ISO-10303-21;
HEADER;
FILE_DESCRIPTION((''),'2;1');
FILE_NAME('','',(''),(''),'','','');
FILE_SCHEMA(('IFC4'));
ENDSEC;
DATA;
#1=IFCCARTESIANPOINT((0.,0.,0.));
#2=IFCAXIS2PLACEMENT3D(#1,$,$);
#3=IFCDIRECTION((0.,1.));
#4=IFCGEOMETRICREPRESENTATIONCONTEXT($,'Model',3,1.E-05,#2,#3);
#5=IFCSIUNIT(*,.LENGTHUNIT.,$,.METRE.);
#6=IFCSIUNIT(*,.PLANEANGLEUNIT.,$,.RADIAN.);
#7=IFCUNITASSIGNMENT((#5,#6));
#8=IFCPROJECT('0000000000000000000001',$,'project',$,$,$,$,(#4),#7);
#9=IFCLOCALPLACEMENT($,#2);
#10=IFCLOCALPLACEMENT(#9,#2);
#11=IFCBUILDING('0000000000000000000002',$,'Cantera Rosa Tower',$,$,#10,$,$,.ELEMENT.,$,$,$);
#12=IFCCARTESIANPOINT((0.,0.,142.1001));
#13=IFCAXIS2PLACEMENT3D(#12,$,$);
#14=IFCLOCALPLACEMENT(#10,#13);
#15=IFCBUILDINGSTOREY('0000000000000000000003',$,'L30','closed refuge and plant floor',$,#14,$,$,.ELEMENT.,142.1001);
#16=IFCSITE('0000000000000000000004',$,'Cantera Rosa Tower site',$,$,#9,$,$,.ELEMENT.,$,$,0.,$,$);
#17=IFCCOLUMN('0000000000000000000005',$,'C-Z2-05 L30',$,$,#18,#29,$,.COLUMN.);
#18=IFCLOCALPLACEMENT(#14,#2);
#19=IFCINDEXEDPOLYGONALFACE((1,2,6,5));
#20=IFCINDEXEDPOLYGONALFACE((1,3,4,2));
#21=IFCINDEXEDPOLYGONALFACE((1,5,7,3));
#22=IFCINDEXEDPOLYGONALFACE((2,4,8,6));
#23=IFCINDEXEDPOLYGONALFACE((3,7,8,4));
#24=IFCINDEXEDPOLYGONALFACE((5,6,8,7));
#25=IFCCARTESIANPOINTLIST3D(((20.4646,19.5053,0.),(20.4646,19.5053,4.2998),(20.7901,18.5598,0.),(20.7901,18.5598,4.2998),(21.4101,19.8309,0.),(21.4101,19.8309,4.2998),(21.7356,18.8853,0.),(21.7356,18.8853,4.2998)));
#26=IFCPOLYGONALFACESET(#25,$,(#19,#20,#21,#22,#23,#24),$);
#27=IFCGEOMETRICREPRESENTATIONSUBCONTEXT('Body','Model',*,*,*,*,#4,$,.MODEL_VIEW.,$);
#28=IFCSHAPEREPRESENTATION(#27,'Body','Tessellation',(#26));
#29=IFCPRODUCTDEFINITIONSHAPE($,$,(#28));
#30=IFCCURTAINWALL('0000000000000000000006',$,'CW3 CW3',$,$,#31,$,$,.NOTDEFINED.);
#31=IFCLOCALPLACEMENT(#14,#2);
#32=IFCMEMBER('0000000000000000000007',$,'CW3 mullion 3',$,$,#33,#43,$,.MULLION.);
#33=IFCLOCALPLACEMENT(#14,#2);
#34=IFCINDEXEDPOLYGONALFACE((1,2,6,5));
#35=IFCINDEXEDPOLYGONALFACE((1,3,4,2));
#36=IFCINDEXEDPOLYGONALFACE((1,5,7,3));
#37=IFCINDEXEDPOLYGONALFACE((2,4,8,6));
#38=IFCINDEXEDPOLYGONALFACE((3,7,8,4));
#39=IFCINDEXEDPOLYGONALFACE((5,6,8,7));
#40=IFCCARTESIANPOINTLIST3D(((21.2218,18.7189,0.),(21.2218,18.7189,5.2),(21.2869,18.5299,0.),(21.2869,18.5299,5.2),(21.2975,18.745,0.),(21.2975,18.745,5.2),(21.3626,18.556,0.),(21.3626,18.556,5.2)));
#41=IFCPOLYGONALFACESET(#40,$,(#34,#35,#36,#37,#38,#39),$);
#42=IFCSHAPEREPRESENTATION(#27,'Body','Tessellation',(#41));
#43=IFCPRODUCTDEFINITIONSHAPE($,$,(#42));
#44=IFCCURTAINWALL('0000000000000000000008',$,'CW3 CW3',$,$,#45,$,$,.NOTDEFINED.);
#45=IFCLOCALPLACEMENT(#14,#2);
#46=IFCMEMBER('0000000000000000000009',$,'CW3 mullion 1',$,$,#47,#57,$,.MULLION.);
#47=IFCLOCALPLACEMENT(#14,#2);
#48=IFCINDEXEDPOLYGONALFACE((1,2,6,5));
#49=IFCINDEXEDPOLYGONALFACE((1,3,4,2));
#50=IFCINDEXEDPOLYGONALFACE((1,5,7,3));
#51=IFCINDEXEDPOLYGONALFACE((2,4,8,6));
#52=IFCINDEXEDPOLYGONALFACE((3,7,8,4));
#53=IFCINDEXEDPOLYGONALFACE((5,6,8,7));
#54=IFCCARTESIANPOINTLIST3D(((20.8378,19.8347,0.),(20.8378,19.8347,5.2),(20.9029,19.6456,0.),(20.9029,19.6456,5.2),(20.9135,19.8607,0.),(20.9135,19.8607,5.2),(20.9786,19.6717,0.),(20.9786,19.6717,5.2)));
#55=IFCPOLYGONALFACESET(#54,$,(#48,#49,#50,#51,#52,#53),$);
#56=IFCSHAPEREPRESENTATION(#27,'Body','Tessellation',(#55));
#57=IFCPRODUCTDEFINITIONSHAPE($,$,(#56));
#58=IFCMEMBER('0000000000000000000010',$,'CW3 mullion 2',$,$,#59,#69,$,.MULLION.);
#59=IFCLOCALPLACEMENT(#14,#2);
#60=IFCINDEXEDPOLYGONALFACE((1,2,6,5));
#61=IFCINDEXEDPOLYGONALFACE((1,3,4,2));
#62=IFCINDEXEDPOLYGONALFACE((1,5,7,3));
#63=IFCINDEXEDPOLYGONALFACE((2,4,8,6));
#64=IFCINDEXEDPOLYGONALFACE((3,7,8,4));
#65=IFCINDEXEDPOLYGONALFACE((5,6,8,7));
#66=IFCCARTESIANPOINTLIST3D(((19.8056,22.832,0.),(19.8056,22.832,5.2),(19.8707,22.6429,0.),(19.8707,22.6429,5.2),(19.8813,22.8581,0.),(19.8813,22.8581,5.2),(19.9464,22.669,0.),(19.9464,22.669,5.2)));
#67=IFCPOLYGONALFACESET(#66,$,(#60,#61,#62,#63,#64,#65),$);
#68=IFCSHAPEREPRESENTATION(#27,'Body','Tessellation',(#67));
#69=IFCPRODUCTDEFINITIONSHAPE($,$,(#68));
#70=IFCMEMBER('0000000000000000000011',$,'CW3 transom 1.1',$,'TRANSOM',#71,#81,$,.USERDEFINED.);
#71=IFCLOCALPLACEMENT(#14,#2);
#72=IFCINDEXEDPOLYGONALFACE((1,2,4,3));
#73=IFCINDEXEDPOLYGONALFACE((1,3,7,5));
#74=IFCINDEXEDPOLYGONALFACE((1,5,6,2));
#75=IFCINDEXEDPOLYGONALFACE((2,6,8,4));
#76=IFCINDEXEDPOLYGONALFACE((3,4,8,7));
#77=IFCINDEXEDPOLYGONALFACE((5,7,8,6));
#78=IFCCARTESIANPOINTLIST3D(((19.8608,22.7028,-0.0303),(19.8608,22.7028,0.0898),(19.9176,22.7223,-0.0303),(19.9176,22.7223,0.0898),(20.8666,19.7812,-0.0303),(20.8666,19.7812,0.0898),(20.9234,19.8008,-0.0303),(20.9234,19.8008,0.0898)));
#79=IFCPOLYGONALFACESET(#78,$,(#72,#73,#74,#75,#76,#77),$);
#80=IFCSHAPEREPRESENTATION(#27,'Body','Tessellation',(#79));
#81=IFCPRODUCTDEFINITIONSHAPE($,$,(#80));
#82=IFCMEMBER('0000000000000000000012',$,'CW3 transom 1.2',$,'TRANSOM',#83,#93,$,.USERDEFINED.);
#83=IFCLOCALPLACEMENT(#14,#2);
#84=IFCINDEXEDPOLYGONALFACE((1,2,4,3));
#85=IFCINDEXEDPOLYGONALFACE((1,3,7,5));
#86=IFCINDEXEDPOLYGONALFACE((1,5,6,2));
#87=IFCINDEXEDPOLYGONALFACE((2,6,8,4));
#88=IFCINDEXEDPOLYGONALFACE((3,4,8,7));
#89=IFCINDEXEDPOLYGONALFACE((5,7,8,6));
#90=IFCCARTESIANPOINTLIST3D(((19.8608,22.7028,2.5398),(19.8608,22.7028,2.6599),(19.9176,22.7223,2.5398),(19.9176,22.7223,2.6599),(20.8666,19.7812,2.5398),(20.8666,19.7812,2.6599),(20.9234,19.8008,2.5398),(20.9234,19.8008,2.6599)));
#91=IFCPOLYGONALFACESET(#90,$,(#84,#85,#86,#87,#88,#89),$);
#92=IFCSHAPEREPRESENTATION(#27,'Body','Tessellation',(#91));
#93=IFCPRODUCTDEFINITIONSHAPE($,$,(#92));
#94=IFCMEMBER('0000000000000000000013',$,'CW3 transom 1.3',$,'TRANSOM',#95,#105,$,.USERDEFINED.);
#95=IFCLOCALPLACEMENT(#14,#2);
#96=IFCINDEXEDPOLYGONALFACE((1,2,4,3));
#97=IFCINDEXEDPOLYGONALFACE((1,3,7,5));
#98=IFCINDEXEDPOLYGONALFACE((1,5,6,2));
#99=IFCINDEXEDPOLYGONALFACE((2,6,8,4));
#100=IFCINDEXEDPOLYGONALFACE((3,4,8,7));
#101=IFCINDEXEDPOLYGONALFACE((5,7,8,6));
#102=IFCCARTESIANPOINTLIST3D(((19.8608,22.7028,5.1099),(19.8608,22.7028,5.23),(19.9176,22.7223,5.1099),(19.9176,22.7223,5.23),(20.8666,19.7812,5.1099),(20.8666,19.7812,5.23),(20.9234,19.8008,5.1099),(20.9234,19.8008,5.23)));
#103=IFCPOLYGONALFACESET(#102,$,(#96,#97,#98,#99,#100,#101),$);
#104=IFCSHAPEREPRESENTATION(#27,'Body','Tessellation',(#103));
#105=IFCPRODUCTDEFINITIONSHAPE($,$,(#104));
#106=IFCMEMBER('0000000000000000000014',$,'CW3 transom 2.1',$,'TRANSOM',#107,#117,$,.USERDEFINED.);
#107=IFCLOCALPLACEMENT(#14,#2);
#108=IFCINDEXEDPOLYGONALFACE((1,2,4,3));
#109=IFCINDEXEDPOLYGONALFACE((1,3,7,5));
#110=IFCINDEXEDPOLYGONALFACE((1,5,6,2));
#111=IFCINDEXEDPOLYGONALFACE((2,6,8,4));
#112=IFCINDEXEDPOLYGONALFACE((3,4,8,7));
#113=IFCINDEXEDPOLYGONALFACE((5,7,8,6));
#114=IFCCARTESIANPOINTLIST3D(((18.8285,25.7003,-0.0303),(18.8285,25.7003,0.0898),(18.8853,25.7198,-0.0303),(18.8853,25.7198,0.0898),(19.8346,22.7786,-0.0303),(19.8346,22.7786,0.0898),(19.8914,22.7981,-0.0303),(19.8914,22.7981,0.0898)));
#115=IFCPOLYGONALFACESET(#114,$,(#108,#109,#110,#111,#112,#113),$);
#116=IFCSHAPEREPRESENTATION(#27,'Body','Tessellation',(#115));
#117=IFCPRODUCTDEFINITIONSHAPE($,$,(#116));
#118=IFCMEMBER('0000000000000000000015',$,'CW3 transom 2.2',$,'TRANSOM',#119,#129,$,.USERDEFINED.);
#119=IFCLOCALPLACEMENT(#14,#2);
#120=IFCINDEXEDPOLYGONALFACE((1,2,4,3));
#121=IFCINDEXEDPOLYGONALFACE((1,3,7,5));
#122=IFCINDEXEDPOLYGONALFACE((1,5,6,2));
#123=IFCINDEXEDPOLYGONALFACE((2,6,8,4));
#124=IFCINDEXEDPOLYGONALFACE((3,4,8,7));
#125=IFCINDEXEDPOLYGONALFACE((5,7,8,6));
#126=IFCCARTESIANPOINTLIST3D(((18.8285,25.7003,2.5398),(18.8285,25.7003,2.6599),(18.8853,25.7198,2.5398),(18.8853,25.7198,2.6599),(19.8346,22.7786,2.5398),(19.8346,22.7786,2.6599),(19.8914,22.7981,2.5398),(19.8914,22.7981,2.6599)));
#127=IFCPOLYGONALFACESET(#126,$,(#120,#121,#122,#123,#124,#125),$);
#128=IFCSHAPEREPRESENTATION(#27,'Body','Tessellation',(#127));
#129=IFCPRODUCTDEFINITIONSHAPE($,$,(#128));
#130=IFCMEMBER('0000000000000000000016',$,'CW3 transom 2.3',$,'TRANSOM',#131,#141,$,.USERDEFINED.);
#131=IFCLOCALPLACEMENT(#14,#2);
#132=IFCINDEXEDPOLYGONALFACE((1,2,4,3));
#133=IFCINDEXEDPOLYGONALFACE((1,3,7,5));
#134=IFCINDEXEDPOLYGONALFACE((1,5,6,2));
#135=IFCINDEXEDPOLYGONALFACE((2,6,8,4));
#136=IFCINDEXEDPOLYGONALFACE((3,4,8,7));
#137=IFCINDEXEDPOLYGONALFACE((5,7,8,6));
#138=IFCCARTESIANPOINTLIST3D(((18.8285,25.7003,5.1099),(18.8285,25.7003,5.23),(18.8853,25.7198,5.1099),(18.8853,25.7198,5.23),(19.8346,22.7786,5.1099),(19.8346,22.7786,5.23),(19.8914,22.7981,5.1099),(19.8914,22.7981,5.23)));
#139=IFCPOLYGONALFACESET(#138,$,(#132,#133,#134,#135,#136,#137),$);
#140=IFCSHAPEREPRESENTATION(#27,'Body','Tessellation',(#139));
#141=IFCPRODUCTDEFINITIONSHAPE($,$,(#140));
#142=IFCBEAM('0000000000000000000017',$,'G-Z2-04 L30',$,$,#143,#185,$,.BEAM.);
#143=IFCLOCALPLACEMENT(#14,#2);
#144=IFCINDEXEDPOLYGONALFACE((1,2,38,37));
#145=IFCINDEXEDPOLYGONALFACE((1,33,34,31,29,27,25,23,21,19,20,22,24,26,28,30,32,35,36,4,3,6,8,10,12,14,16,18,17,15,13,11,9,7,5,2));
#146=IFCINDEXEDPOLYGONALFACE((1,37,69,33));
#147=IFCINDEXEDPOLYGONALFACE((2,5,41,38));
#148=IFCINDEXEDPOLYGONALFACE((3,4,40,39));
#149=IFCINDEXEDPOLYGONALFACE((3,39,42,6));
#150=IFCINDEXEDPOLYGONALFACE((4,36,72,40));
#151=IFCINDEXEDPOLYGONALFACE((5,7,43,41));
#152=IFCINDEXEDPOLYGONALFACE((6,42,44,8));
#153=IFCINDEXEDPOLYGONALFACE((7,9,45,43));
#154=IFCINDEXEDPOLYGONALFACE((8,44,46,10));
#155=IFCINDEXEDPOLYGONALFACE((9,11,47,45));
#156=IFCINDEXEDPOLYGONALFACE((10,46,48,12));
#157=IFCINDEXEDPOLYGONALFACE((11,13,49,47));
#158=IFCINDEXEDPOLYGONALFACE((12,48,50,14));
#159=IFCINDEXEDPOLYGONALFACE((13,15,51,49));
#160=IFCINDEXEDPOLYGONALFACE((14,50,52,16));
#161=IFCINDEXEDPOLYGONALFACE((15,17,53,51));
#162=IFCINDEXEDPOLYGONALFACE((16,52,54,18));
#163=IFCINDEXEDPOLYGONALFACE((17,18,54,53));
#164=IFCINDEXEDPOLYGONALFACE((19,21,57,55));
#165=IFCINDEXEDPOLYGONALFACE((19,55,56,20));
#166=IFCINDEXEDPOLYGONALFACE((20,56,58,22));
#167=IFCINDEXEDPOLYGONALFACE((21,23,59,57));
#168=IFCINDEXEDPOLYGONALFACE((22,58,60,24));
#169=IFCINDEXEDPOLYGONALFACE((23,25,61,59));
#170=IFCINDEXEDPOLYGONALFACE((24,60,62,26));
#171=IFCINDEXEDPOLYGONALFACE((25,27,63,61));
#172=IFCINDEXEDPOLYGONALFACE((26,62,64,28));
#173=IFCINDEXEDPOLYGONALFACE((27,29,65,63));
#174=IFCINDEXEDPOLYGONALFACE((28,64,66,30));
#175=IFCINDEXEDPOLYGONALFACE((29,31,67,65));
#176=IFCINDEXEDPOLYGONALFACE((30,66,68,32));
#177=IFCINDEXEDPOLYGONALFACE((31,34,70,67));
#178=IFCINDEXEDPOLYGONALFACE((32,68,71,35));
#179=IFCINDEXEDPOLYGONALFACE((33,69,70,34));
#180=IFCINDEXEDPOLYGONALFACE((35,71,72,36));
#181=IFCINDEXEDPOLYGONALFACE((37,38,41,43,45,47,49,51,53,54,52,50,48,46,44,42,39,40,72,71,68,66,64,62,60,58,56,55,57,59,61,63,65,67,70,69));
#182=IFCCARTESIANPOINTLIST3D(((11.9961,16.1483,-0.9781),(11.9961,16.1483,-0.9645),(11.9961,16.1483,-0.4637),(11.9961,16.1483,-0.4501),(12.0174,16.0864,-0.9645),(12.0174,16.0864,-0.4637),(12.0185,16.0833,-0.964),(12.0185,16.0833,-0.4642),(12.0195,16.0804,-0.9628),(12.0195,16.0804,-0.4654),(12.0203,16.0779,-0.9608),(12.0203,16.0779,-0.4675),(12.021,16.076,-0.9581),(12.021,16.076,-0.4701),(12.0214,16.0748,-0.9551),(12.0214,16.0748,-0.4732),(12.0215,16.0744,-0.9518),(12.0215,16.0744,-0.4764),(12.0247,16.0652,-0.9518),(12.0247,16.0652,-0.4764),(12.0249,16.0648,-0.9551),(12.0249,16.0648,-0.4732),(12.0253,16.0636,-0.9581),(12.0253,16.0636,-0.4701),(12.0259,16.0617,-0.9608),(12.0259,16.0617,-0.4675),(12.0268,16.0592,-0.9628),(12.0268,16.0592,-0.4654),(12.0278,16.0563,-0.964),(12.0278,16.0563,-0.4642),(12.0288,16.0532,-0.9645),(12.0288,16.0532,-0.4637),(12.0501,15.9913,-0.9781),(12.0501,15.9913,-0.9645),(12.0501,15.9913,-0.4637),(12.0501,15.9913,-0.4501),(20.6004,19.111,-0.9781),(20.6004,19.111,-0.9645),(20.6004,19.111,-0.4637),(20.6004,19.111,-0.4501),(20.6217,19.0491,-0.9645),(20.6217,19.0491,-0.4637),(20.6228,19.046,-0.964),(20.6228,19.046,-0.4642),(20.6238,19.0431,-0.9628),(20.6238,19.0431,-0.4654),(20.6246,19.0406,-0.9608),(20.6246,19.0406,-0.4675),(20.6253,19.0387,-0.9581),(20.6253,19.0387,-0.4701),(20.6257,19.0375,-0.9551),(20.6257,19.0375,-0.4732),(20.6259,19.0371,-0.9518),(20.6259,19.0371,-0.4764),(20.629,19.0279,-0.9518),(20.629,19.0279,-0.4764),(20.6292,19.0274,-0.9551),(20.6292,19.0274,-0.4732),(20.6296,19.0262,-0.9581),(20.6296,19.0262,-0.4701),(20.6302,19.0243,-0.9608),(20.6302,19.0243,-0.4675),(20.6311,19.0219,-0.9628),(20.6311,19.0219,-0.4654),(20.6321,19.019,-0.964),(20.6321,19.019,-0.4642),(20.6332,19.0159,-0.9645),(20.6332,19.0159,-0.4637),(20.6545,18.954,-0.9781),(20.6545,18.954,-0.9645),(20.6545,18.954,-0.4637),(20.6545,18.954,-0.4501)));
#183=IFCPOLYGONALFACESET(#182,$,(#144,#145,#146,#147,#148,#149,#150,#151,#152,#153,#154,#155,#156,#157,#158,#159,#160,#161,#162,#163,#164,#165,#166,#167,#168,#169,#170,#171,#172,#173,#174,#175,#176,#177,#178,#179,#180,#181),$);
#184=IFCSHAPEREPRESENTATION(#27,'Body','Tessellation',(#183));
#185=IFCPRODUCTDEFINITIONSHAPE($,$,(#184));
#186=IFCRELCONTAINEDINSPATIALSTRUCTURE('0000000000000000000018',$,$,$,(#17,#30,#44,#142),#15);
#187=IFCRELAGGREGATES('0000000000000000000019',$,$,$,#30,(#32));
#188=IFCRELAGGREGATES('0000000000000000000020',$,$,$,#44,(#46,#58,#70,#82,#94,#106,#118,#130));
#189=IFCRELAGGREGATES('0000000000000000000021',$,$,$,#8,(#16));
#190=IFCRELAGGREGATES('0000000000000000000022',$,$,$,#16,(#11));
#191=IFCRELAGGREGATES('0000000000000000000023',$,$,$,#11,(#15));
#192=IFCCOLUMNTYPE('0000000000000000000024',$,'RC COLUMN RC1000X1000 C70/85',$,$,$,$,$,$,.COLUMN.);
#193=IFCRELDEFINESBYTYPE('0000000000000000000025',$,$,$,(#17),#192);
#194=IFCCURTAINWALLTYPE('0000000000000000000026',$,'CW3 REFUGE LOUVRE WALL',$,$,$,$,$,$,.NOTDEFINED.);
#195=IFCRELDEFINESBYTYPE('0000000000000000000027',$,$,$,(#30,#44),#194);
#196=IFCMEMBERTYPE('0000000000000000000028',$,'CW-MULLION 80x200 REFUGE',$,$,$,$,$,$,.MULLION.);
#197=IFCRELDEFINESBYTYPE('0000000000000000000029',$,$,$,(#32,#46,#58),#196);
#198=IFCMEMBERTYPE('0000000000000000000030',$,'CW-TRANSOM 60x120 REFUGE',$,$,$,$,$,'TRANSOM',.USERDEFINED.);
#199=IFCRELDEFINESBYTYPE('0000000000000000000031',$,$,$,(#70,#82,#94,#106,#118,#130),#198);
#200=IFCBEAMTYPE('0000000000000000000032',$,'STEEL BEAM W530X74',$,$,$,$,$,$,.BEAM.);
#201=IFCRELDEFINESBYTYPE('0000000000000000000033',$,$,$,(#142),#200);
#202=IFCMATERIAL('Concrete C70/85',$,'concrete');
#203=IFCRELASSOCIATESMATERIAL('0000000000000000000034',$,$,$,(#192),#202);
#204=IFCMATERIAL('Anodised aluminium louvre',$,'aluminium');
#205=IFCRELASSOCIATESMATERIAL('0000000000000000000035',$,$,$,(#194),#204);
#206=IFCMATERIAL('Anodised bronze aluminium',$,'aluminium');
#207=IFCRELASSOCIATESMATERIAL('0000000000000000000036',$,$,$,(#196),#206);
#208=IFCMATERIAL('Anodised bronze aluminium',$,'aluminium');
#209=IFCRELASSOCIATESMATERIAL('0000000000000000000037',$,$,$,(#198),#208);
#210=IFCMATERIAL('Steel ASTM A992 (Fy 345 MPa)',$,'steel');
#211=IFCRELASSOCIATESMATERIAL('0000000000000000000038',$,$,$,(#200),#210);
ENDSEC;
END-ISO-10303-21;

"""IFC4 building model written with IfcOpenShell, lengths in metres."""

from ifc_helpers import new_model, si_unit, direction, frame, origin, origin_2d, place, context, subcontext, project, spatial, rectangle, i_section, extrude, material, material_profile, profile_set, type_object, element, aggregate, save


model = new_model("IFC4")

# Units and contexts
model_context = context("Model", 3, precision=1e-05, world=origin(), true_north=direction((0.0, 1.0)))
body_context = subcontext(model_context, "Body", "Model", "MODEL_VIEW")
ifc_project = project(units=[si_unit("LENGTHUNIT", "METRE"), si_unit("PLANEANGLEUNIT", "RADIAN")], contexts=[model_context])

# Site, building, storey
site_placement = place(None, origin())
site = spatial("IfcSite", under=ifc_project, at=site_placement, Name="Cantera Rosa Tower site", CompositionType="ELEMENT", RefElevation=0.0)
building_placement = place(site_placement, origin())
building = spatial("IfcBuilding", under=site, at=building_placement, Name="Cantera Rosa Tower", CompositionType="ELEMENT")
storey_placement = place(building_placement, frame((0.0, 0.0, 142.1001)))
storey = spatial("IfcBuildingStorey", under=building, at=storey_placement, Name="L30", Description="closed refuge and plant floor", CompositionType="ELEMENT", Elevation=142.1001)

# Column
ifc_material_1 = material(Name="Concrete C70/85", Category="concrete")
ifc_material_profile_1 = material_profile(ifc_material_1, rectangle(XDim=1.0, YDim=1.0, at=origin_2d()), Name="RC COLUMN RC1000X1000 C70/85")
ifc_profile_set_1 = profile_set([ifc_material_profile_1], Name="Concrete C70/85")
column_type = type_object("IfcColumnType", Name="RC COLUMN RC1000X1000 C70/85", PredefinedType="COLUMN", material=ifc_profile_set_1)
column_placement = place(storey_placement, frame((21.1001, 19.1953, 0.0), z_axis=(0.0, 0.0, 1.0), x_axis=(0.945519, 0.325568, 0.0)))
element("IfcColumn", 1, at=column_placement, inside=storey, type_object=column_type, Name="C-Z2-05 L30", PredefinedType="COLUMN", context=body_context, shape_type="SweptSolid", body=[
    extrude(rectangle(XDim=1.0, YDim=1.0, at=origin_2d()), origin(), (0.0, 0.0, 1.0), 4.2998),
])

# Curtain wall, member
ifc_material_2 = material(Name="Anodised aluminium louvre", Category="aluminium")
curtain_wall_type = type_object("IfcCurtainWallType", Name="CW3 REFUGE LOUVRE WALL", PredefinedType="NOTDEFINED", material=ifc_material_2)
curtain_wall_1_placement = place(storey_placement, origin())
curtain_wall_1 = element("IfcCurtainWall", 2, at=curtain_wall_1_placement, inside=storey, type_object=curtain_wall_type, Name="CW3 CW3", PredefinedType="NOTDEFINED")
ifc_material_3 = material(Name="Anodised bronze aluminium", Category="aluminium")
ifc_material_profile_2 = material_profile(ifc_material_3, rectangle(XDim=0.0801, YDim=0.2, at=origin_2d()), Name="CW-MULLION 80x200 REFUGE")
ifc_profile_set_2 = profile_set([ifc_material_profile_2], Name="Anodised bronze aluminium")
member_type_1 = type_object("IfcMemberType", Name="CW-MULLION 80x200 REFUGE", PredefinedType="MULLION", material=ifc_profile_set_2)
member_1_placement = place(storey_placement, frame((21.2922, 18.6375, 0.0), z_axis=(0.0, 0.0, 1.0), x_axis=(-0.945519, -0.325568, 0.0)))
member_1 = element("IfcMember", 3, at=member_1_placement, type_object=member_type_1, Name="CW3 mullion 3", PredefinedType="MULLION", context=body_context, shape_type="SweptSolid", body=[
    extrude(rectangle(XDim=0.0801, YDim=0.2, at=origin_2d()), origin(), (0.0, 0.0, 1.0), 5.2),
])

# Curtain wall, members
curtain_wall_2_placement = place(storey_placement, origin())
curtain_wall_2 = element("IfcCurtainWall", 4, at=curtain_wall_2_placement, inside=storey, type_object=curtain_wall_type, Name="CW3 CW3", PredefinedType="NOTDEFINED")
member_2_placement = place(storey_placement, frame((20.9082, 19.7532, 0.0), z_axis=(0.0, 0.0, 1.0), x_axis=(-0.945519, -0.325568, 0.0)))
member_2 = element("IfcMember", 5, at=member_2_placement, type_object=member_type_1, Name="CW3 mullion 1", PredefinedType="MULLION", context=body_context, shape_type="SweptSolid", body=[
    extrude(rectangle(XDim=0.0801, YDim=0.2, at=origin_2d()), origin(), (0.0, 0.0, 1.0), 5.2),
])
member_3_placement = place(storey_placement, frame((19.876, 22.7505, 0.0), z_axis=(0.0, 0.0, 1.0), x_axis=(-0.945519, -0.325568, 0.0)))
member_3 = element("IfcMember", 6, at=member_3_placement, type_object=member_type_1, Name="CW3 mullion 2", PredefinedType="MULLION", context=body_context, shape_type="SweptSolid", body=[
    extrude(rectangle(XDim=0.0801, YDim=0.2, at=origin_2d()), origin(), (0.0, 0.0, 1.0), 5.2),
])
ifc_material_4 = material(Name="Anodised bronze aluminium", Category="aluminium")
ifc_material_profile_3 = material_profile(ifc_material_4, rectangle(XDim=0.0601, YDim=0.1201, at=origin_2d()), Name="CW-TRANSOM 60x120 REFUGE")
ifc_profile_set_3 = profile_set([ifc_material_profile_3], Name="Anodised bronze aluminium")
member_type_2 = type_object("IfcMemberType", Name="CW-TRANSOM 60x120 REFUGE", ElementType="TRANSOM", PredefinedType="USERDEFINED", material=ifc_profile_set_3)
member_4_placement = place(storey_placement, frame((20.895, 19.791, 0.0298), z_axis=(-0.325528, 0.945532, 0.0), x_axis=(-0.945532, -0.325528, 0.0)))
member_4 = element("IfcMember", 7, at=member_4_placement, type_object=member_type_2, Name="CW3 transom 1.1", ObjectType="TRANSOM", PredefinedType="USERDEFINED", context=body_context, shape_type="SweptSolid", body=[
    extrude(rectangle(XDim=0.0601, YDim=0.1201, at=origin_2d()), origin(), (0.0, 0.0, 1.0), 3.0898),
])
member_5_placement = place(storey_placement, frame((20.895, 19.791, 2.5999), z_axis=(-0.325528, 0.945532, 0.0), x_axis=(-0.945532, -0.325528, 0.0)))
member_5 = element("IfcMember", 8, at=member_5_placement, type_object=member_type_2, Name="CW3 transom 1.2", ObjectType="TRANSOM", PredefinedType="USERDEFINED", context=body_context, shape_type="SweptSolid", body=[
    extrude(rectangle(XDim=0.0601, YDim=0.1201, at=origin_2d()), origin(), (0.0, 0.0, 1.0), 3.0898),
])
member_6_placement = place(storey_placement, frame((20.895, 19.791, 5.1699), z_axis=(-0.325528, 0.945532, 0.0), x_axis=(-0.945532, -0.325528, 0.0)))
member_6 = element("IfcMember", 9, at=member_6_placement, type_object=member_type_2, Name="CW3 transom 1.3", ObjectType="TRANSOM", PredefinedType="USERDEFINED", context=body_context, shape_type="SweptSolid", body=[
    extrude(rectangle(XDim=0.0601, YDim=0.1201, at=origin_2d()), origin(), (0.0, 0.0, 1.0), 3.0898),
])
member_7_placement = place(storey_placement, frame((19.863, 22.7883, 0.0298), z_axis=(-0.325599, 0.945508, 0.0), x_axis=(-0.945508, -0.325599, 0.0)))
member_7 = element("IfcMember", 10, at=member_7_placement, type_object=member_type_2, Name="CW3 transom 2.1", ObjectType="TRANSOM", PredefinedType="USERDEFINED", context=body_context, shape_type="SweptSolid", body=[
    extrude(rectangle(XDim=0.0601, YDim=0.1201, at=origin_2d()), origin(), (0.0, 0.0, 1.0), 3.0901),
])
member_8_placement = place(storey_placement, frame((19.863, 22.7883, 2.5999), z_axis=(-0.325599, 0.945508, 0.0), x_axis=(-0.945508, -0.325599, 0.0)))
member_8 = element("IfcMember", 11, at=member_8_placement, type_object=member_type_2, Name="CW3 transom 2.2", ObjectType="TRANSOM", PredefinedType="USERDEFINED", context=body_context, shape_type="SweptSolid", body=[
    extrude(rectangle(XDim=0.0601, YDim=0.1201, at=origin_2d()), origin(), (0.0, 0.0, 1.0), 3.0901),
])
member_9_placement = place(storey_placement, frame((19.863, 22.7883, 5.1699), z_axis=(-0.325599, 0.945508, 0.0), x_axis=(-0.945508, -0.325599, 0.0)))
member_9 = element("IfcMember", 12, at=member_9_placement, type_object=member_type_2, Name="CW3 transom 2.3", ObjectType="TRANSOM", PredefinedType="USERDEFINED", context=body_context, shape_type="SweptSolid", body=[
    extrude(rectangle(XDim=0.0601, YDim=0.1201, at=origin_2d()), origin(), (0.0, 0.0, 1.0), 3.0901),
])

# Beam
ifc_material_5 = material(Name="Steel ASTM A992 (Fy 345 MPa)", Category="steel")
ifc_material_profile_4 = material_profile(ifc_material_5, i_section(OverallWidth=0.166, OverallDepth=0.5281, WebThickness=0.0098, FlangeThickness=0.0137, FilletRadius=0.0127, at=origin_2d()), Name="W530X74")
ifc_profile_set_4 = profile_set([ifc_material_profile_4], Name="Steel ASTM A992 (Fy 345 MPa)")
beam_type_1 = type_object("IfcBeamType", Name="STEEL BEAM W530X74", PredefinedType="BEAM", material=ifc_profile_set_4)
beam_1_placement = place(storey_placement, frame((20.6274, 19.0325, -0.7141), z_axis=(-0.94552, -0.325565, 0.0), x_axis=(0.325565, -0.94552, 0.0)))
element("IfcBeam", 13, at=beam_1_placement, inside=storey, type_object=beam_type_1, Name="G-Z2-04 L30", PredefinedType="BEAM", context=body_context, shape_type="SweptSolid", body=[
    extrude(i_section(OverallWidth=0.166, OverallDepth=0.5281, WebThickness=0.0098, FlangeThickness=0.0137, FilletRadius=0.0127, at=origin_2d()), origin(), (0.0, 0.0, 1.0), 9.1001),
])

aggregate(curtain_wall_1, [member_1])
aggregate(curtain_wall_2, [member_2, member_3, member_4, member_5, member_6, member_7, member_8, member_9])

save(model, "model.ifc")
